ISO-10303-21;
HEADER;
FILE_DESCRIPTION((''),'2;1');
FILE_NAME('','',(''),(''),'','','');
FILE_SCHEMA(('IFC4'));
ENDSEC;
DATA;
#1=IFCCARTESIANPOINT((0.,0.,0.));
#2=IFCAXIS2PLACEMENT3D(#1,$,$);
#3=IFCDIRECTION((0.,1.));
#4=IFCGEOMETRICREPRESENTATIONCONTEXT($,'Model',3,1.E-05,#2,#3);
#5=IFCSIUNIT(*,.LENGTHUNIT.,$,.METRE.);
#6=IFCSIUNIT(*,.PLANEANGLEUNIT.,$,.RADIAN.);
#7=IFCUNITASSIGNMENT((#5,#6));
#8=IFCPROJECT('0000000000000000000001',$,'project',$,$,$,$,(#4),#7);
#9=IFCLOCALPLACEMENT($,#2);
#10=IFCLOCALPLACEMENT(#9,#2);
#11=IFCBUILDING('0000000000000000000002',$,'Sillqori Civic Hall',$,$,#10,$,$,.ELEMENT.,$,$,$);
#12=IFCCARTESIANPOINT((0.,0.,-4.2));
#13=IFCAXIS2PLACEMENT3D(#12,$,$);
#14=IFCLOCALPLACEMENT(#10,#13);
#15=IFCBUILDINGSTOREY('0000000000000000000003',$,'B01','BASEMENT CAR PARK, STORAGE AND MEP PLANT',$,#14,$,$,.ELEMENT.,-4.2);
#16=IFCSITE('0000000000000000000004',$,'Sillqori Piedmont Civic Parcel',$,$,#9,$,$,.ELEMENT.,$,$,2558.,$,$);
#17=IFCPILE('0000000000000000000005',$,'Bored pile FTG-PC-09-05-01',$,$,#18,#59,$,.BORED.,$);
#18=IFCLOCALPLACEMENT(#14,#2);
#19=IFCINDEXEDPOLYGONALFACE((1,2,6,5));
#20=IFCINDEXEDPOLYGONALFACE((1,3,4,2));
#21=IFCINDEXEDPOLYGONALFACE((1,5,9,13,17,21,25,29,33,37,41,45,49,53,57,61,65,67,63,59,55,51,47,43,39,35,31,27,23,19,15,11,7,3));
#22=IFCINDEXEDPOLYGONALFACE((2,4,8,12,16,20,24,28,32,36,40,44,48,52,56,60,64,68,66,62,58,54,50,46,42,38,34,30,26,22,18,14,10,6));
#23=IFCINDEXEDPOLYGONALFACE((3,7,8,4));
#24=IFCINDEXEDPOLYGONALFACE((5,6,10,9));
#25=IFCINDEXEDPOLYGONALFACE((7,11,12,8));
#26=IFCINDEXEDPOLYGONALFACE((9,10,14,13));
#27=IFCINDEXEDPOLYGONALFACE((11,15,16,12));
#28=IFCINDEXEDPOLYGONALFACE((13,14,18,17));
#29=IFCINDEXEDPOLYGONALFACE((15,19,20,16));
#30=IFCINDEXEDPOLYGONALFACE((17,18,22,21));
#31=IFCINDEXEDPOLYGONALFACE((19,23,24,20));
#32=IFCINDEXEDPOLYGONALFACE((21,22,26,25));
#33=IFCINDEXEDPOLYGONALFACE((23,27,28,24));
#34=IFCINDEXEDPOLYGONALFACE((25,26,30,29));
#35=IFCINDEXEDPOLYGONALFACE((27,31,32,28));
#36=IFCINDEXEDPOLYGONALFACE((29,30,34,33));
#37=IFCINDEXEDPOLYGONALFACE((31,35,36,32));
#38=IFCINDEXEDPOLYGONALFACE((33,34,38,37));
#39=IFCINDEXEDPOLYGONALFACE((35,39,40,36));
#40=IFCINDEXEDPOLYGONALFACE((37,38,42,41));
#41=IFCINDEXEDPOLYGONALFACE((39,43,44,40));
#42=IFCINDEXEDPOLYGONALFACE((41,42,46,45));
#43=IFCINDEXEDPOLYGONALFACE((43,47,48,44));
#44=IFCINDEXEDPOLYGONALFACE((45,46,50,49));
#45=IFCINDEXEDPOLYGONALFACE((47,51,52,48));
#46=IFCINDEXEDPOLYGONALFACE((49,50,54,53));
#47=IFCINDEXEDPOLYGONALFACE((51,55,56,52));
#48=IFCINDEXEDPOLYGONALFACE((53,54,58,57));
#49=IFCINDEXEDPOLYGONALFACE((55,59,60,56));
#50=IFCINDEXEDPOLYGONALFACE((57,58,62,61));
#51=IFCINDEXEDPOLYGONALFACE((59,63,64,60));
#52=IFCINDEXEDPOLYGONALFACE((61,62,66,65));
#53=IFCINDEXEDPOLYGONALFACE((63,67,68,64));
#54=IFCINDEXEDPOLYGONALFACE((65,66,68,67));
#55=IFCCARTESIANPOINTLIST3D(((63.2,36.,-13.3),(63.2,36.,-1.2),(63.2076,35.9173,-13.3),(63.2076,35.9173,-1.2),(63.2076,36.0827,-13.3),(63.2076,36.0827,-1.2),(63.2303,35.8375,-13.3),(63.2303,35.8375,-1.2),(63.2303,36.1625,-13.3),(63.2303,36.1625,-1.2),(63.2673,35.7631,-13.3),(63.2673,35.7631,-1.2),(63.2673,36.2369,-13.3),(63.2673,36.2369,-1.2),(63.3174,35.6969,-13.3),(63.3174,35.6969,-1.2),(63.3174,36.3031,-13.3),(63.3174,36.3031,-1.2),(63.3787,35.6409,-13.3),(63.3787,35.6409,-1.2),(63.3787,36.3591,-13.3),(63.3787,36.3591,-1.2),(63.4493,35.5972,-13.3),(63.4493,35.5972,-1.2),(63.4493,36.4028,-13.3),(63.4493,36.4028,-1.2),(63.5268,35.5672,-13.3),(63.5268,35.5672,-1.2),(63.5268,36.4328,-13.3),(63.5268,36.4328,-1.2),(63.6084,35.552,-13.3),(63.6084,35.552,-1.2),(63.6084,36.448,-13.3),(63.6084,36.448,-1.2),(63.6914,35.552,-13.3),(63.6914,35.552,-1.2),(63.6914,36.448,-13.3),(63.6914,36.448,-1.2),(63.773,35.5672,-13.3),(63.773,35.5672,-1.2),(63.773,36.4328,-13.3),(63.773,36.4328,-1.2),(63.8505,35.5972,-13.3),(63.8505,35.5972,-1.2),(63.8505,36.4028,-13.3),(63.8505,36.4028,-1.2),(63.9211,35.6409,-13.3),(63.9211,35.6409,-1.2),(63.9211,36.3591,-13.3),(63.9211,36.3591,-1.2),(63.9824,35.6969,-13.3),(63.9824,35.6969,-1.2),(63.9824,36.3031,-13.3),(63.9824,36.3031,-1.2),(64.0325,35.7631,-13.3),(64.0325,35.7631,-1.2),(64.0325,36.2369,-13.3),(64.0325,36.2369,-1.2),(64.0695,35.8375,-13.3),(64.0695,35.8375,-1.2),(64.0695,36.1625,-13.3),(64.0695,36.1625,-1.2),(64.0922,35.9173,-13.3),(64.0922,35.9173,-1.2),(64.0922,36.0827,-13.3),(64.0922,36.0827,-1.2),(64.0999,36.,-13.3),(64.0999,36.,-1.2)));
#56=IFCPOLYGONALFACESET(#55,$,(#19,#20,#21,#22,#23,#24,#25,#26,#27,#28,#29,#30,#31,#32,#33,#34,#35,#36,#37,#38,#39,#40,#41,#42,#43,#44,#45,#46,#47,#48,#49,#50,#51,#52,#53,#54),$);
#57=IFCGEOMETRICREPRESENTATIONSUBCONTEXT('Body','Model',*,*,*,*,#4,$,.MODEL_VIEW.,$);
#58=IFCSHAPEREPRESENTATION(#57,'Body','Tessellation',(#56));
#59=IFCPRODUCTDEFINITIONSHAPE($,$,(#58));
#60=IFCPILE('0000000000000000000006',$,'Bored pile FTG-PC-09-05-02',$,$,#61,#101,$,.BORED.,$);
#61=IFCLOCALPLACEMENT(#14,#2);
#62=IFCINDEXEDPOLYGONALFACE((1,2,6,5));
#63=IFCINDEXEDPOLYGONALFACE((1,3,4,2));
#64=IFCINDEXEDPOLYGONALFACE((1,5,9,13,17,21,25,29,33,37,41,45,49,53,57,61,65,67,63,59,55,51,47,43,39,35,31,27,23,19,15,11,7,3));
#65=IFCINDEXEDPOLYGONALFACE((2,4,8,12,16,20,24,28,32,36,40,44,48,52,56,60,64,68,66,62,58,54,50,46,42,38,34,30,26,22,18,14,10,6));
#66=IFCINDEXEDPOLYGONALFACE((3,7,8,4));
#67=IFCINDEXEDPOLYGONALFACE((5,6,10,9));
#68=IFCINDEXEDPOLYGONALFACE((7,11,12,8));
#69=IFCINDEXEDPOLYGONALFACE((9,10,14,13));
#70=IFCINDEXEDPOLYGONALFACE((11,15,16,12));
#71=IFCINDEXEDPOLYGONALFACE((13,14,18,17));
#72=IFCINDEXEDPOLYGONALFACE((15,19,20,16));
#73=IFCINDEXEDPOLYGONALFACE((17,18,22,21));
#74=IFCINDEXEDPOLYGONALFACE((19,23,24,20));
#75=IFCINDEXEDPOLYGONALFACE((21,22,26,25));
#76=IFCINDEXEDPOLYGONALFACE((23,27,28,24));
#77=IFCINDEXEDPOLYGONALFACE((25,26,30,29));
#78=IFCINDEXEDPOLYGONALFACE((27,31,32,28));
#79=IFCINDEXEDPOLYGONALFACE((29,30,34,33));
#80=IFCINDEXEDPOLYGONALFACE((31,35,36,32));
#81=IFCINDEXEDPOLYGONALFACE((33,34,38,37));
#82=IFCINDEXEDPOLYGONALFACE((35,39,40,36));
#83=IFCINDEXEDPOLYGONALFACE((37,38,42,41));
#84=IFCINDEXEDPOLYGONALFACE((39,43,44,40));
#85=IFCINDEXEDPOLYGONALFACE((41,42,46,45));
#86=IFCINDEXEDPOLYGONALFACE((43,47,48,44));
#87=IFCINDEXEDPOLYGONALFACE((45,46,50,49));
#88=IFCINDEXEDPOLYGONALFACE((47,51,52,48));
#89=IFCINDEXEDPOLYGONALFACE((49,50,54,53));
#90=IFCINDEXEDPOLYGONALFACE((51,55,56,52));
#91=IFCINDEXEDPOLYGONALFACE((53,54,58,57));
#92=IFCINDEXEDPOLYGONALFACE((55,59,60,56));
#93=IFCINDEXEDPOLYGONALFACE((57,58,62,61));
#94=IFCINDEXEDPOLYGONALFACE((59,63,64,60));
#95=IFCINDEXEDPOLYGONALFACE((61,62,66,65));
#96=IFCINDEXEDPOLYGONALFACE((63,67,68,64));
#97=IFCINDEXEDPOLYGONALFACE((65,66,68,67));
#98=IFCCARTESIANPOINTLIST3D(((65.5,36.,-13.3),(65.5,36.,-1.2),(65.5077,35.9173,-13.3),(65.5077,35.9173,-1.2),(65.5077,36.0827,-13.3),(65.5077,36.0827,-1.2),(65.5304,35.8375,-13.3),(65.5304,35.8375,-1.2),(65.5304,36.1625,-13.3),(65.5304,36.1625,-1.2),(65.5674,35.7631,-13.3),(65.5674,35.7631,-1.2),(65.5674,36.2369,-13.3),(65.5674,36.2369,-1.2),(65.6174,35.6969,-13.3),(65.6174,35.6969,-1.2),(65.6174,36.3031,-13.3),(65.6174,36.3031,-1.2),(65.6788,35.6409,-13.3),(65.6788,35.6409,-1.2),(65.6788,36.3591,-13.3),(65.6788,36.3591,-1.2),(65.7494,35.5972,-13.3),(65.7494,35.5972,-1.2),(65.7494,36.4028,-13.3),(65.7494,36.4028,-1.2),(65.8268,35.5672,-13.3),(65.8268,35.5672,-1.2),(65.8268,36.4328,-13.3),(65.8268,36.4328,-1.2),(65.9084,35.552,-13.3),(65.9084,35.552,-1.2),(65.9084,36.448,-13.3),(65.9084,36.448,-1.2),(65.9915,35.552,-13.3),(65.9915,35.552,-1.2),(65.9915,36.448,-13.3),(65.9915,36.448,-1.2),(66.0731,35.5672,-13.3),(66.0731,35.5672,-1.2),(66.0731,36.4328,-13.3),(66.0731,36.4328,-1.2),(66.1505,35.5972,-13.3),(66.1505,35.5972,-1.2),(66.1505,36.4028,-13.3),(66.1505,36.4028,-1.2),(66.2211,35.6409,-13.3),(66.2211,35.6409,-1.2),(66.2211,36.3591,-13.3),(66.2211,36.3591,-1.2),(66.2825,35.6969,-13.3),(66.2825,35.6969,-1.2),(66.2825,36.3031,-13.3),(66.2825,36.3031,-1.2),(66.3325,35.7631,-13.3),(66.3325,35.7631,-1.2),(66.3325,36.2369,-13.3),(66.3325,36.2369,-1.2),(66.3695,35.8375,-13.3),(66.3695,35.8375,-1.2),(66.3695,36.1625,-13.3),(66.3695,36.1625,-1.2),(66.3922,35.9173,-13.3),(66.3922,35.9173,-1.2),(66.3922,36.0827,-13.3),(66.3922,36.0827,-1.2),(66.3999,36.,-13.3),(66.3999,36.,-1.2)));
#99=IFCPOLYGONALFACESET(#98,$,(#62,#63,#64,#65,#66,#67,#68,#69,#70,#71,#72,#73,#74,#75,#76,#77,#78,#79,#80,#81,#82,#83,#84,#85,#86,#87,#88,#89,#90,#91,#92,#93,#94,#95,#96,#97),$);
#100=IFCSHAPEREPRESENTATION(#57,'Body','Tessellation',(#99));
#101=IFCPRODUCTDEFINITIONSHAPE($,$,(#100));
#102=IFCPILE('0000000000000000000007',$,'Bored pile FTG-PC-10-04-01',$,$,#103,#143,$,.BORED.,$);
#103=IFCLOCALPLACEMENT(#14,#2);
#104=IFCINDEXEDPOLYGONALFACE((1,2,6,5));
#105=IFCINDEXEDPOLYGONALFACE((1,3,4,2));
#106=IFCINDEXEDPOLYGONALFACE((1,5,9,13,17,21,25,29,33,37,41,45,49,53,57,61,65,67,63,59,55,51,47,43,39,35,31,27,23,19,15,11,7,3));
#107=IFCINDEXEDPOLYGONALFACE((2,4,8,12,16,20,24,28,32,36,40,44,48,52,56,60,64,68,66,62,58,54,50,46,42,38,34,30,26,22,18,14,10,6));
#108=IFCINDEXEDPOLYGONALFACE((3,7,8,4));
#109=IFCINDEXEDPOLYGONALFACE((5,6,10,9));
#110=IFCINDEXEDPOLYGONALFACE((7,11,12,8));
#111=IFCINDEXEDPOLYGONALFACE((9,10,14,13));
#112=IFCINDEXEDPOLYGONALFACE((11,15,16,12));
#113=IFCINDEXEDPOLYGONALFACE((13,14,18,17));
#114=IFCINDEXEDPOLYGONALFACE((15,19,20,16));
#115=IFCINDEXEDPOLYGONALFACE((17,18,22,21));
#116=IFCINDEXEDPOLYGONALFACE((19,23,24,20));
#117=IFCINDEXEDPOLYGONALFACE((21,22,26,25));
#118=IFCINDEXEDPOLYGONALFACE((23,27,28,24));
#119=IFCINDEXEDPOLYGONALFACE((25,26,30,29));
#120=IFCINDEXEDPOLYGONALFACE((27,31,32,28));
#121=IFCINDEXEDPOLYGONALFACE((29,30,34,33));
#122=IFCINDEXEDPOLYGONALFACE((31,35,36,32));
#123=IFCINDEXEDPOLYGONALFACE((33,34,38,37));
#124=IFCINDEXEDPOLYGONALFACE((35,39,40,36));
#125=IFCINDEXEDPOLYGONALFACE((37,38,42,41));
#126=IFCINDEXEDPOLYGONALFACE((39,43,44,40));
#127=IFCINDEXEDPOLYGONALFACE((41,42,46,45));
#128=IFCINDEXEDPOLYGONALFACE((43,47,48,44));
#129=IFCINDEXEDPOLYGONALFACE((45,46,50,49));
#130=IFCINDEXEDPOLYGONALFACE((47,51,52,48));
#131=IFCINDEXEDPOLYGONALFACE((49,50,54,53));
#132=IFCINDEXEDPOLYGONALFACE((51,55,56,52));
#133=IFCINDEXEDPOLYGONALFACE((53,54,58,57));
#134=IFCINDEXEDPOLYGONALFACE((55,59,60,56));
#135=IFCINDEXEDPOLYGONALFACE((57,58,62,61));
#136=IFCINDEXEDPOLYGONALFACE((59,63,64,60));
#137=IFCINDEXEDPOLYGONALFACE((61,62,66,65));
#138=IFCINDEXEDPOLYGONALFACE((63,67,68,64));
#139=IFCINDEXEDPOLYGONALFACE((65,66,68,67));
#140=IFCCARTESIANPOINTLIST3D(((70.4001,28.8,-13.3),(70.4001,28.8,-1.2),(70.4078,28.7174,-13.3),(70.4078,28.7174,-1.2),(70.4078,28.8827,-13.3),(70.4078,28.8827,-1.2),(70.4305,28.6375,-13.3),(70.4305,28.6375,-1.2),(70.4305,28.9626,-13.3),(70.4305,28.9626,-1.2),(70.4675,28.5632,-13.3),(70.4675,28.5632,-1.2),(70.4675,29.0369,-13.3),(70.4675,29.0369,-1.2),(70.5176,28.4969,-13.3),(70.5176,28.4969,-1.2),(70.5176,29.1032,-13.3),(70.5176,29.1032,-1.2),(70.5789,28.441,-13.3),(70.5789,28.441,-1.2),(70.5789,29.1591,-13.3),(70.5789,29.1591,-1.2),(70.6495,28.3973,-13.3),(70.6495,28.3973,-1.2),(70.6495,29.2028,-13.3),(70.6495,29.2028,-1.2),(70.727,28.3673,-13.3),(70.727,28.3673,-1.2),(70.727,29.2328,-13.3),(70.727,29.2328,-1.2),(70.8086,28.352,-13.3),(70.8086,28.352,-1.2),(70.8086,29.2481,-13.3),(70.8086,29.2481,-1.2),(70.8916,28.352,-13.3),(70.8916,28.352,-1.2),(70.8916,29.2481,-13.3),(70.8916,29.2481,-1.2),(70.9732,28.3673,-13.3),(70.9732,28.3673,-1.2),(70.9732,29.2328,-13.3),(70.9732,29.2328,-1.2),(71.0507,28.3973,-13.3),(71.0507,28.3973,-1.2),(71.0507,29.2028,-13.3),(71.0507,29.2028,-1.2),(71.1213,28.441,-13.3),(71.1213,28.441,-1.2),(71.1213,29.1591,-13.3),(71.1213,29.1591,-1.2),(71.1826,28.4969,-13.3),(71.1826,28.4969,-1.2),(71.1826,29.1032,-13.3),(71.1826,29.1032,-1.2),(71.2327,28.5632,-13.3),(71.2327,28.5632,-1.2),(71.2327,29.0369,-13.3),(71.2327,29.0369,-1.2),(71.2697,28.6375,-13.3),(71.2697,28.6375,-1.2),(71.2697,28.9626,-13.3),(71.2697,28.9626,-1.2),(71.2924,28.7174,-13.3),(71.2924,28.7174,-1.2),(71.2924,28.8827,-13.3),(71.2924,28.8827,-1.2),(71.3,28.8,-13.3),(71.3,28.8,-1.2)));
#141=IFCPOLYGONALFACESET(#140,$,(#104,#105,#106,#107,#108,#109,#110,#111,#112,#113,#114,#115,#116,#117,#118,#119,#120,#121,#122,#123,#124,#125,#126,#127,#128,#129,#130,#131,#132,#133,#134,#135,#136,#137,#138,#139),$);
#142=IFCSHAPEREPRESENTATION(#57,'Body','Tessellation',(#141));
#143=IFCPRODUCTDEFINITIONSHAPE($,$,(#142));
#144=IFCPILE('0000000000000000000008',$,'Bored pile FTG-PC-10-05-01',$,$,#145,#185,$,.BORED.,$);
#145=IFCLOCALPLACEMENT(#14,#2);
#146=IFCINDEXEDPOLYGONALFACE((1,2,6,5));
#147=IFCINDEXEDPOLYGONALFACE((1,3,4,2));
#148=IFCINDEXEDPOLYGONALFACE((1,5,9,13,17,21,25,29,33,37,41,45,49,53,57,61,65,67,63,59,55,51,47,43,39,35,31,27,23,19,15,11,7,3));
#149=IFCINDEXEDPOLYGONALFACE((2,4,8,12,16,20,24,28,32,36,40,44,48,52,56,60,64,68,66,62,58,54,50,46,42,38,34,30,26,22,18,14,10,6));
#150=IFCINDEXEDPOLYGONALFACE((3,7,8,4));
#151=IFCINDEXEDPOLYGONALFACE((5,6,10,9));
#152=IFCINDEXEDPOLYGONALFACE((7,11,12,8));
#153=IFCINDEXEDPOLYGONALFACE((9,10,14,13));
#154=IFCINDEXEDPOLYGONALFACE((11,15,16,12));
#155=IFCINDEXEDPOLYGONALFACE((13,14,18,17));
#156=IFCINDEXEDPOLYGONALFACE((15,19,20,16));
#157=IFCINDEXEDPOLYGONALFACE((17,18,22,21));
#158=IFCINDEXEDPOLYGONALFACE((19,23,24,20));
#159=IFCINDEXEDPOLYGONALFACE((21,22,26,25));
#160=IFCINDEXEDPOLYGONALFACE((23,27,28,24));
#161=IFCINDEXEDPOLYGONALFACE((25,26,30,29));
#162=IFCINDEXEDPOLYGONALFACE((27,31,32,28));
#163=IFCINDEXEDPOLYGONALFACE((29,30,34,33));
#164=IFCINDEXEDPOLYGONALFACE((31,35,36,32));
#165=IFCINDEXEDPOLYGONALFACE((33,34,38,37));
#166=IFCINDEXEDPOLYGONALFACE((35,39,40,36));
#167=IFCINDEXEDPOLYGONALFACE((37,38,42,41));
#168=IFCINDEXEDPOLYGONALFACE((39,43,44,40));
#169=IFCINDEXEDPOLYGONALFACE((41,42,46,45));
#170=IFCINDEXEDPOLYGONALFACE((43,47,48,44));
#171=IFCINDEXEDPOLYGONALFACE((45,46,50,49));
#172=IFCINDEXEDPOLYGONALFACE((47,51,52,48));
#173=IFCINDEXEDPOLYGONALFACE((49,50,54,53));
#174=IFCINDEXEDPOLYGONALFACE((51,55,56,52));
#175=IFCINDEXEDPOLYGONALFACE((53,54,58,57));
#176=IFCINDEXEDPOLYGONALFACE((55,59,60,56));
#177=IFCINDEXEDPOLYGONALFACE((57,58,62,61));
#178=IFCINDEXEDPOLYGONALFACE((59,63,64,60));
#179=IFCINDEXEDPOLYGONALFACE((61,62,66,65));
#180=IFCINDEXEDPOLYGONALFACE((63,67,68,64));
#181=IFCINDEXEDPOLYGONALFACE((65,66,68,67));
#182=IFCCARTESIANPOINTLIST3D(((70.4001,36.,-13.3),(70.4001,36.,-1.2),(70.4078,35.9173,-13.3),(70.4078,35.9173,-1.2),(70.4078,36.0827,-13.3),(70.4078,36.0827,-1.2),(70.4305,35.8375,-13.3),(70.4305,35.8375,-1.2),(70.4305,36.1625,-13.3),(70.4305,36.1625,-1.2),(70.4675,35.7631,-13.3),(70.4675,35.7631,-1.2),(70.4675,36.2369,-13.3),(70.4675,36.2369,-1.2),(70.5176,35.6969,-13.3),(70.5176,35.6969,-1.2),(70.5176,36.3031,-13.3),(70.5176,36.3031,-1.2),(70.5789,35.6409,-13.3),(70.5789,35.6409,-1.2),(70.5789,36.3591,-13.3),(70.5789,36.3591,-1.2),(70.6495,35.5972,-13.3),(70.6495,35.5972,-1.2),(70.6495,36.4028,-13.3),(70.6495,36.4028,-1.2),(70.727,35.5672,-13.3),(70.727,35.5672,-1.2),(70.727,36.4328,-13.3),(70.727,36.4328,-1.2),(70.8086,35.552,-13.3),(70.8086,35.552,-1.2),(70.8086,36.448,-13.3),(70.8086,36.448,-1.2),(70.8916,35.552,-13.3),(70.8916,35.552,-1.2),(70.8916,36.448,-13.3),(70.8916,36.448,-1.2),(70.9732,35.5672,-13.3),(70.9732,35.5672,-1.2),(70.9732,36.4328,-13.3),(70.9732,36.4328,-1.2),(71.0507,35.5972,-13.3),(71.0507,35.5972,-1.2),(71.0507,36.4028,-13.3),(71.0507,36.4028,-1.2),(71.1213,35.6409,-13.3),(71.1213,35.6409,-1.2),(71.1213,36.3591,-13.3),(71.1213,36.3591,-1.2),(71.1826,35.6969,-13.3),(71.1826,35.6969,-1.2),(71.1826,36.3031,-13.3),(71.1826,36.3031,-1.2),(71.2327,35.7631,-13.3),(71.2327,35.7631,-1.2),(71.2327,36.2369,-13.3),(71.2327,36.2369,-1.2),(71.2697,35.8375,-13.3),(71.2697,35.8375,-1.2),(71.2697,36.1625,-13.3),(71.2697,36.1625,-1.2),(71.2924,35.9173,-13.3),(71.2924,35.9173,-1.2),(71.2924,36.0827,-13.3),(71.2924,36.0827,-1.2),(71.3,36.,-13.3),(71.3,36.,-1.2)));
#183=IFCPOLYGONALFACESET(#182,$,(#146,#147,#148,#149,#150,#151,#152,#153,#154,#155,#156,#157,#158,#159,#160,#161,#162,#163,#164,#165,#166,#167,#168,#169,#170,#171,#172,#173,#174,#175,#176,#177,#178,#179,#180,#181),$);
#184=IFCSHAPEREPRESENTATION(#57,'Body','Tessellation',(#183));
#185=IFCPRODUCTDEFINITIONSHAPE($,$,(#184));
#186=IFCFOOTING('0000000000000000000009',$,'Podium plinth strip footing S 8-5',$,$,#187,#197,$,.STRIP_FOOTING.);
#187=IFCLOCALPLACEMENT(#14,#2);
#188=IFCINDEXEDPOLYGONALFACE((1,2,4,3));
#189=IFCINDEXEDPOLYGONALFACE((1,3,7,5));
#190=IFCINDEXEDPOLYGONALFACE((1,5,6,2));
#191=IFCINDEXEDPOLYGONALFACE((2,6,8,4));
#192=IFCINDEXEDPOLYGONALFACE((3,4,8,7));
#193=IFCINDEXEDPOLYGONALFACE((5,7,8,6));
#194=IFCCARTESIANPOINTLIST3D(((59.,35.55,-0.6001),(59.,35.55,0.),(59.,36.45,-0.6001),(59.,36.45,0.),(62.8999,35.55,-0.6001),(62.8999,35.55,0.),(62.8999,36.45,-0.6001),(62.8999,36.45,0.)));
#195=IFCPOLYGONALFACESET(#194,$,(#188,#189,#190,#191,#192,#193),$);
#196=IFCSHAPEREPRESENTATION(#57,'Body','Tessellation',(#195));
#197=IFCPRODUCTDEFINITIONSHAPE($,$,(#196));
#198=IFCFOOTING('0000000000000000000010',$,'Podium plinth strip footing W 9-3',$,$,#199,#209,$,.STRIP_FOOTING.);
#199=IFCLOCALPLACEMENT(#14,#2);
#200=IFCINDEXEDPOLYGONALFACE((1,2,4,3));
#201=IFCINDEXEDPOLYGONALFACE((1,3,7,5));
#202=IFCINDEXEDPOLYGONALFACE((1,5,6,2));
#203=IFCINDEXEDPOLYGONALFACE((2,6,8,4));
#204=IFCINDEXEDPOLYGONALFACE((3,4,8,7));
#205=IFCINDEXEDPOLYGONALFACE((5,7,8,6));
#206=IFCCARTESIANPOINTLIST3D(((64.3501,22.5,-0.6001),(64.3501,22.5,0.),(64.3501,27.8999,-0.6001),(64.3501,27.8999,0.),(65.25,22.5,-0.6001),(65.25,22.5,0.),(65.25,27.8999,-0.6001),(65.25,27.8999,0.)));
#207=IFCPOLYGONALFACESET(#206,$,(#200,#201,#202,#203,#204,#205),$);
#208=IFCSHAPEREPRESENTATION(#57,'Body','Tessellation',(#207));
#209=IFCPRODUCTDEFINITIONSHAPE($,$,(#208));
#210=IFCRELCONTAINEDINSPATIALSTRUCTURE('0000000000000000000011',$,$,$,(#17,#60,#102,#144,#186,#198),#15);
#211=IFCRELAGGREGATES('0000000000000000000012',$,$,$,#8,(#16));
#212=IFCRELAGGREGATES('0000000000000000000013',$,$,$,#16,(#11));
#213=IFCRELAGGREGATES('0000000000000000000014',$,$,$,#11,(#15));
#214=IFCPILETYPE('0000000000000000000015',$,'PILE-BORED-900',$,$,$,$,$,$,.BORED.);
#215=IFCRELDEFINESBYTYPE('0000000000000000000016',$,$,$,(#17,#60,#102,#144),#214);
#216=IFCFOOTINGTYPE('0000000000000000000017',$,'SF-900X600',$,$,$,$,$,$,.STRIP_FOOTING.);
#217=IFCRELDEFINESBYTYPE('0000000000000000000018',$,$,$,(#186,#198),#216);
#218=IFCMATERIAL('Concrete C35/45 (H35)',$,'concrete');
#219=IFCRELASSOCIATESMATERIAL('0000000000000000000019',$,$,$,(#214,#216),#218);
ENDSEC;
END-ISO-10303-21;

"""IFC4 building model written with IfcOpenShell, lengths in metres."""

from ifc_helpers import new_model, si_unit, direction, frame, origin, origin_2d, place, context, subcontext, project, spatial, rectangle, circle, extrude, material, material_profile, profile_set, type_object, element, save


model = new_model("IFC4")

# Units and contexts
model_context = context("Model", 3, precision=1e-05, world=origin(), true_north=direction((0.0, 1.0)))
body_context = subcontext(model_context, "Body", "Model", "MODEL_VIEW")
ifc_project = project(units=[si_unit("LENGTHUNIT", "METRE"), si_unit("PLANEANGLEUNIT", "RADIAN")], contexts=[model_context])

# Site, building, storey
site_placement = place(None, origin())
site = spatial("IfcSite", under=ifc_project, at=site_placement, Name="Sillqori Piedmont Civic Parcel", CompositionType="ELEMENT", RefElevation=2558.0)
building_placement = place(site_placement, origin())
building = spatial("IfcBuilding", under=site, at=building_placement, Name="Sillqori Civic Hall", CompositionType="ELEMENT")
storey_placement = place(building_placement, frame((0.0, 0.0, -4.2)))
storey = spatial("IfcBuildingStorey", under=building, at=storey_placement, Name="B01", Description="BASEMENT CAR PARK, STORAGE AND MEP PLANT", CompositionType="ELEMENT", Elevation=-4.2)

# Shared definitions
ifc_material = material(Name="Concrete C35/45 (H35)", Category="concrete")

# Piles
ifc_material_profile_1 = material_profile(ifc_material, circle(Radius=0.45, at=origin_2d()), Name="BORED PILE 900")
ifc_profile_set_1 = profile_set([ifc_material_profile_1], Name="Concrete C35/45 (H35)")
pile_type = type_object("IfcPileType", Name="PILE-BORED-900", PredefinedType="BORED", material=ifc_profile_set_1)
for number, where, z_axis, x_axis, name in (
    (1, (63.6499, 36.0, -1.2), (0.0, 0.0, -1.0), (1.0, 0.0, 0.0), "Bored pile FTG-PC-09-05-01"),
    (2, (65.95, 36.0, -1.2), (0.0, 0.0, -1.0), (1.0, 0.0, 0.0), "Bored pile FTG-PC-09-05-02"),
    (3, (70.8501, 28.8, -1.2), (0.0, 0.0, -1.0), (1.0, 0.0, 0.0), "Bored pile FTG-PC-10-04-01"),
    (4, (70.8501, 36.0, -1.2), (0.0, 0.0, -1.0), (1.0, 0.0, 0.0), "Bored pile FTG-PC-10-05-01"),
):
    element("IfcPile", number, at=place(storey_placement, frame(where, z_axis=z_axis, x_axis=x_axis)), inside=storey, type_object=pile_type, Name=name, PredefinedType="BORED", context=body_context, shape_type="SweptSolid", body=[
        extrude(circle(Radius=0.45, at=origin_2d()), origin(), (0.0, 0.0, 1.0), 12.1001),
    ])

# Footings
footing_type_1 = type_object("IfcFootingType", Name="SF-900X600", PredefinedType="STRIP_FOOTING", material=ifc_material)
footing_placement = place(storey_placement, frame((60.95, 36.0, -0.6001), z_axis=(0.0, 0.0, 1.0), x_axis=(1.0, 0.0, 0.0)))
element("IfcFooting", 5, at=footing_placement, inside=storey, type_object=footing_type_1, Name="Podium plinth strip footing S 8-5", PredefinedType="STRIP_FOOTING", context=body_context, shape_type="SweptSolid", body=[
    extrude(rectangle(XDim=3.8999, YDim=0.8999, at=origin_2d()), origin(), (0.0, 0.0, 1.0), 0.6001),
])
for number, where, z_axis, x_axis, name in (
    (6, (64.8, 25.2, -0.6001), (0.0, 0.0, 1.0), (1.0, 0.0, 0.0), "Podium plinth strip footing W 9-3"),
):
    element("IfcFooting", number, at=place(storey_placement, frame(where, z_axis=z_axis, x_axis=x_axis)), inside=storey, type_object=footing_type_1, Name=name, PredefinedType="STRIP_FOOTING", context=body_context, shape_type="SweptSolid", body=[
        extrude(rectangle(XDim=0.8999, YDim=5.3999, at=origin_2d()), origin(), (0.0, 0.0, 1.0), 0.6001),
    ])

save(model, "model.ifc")
